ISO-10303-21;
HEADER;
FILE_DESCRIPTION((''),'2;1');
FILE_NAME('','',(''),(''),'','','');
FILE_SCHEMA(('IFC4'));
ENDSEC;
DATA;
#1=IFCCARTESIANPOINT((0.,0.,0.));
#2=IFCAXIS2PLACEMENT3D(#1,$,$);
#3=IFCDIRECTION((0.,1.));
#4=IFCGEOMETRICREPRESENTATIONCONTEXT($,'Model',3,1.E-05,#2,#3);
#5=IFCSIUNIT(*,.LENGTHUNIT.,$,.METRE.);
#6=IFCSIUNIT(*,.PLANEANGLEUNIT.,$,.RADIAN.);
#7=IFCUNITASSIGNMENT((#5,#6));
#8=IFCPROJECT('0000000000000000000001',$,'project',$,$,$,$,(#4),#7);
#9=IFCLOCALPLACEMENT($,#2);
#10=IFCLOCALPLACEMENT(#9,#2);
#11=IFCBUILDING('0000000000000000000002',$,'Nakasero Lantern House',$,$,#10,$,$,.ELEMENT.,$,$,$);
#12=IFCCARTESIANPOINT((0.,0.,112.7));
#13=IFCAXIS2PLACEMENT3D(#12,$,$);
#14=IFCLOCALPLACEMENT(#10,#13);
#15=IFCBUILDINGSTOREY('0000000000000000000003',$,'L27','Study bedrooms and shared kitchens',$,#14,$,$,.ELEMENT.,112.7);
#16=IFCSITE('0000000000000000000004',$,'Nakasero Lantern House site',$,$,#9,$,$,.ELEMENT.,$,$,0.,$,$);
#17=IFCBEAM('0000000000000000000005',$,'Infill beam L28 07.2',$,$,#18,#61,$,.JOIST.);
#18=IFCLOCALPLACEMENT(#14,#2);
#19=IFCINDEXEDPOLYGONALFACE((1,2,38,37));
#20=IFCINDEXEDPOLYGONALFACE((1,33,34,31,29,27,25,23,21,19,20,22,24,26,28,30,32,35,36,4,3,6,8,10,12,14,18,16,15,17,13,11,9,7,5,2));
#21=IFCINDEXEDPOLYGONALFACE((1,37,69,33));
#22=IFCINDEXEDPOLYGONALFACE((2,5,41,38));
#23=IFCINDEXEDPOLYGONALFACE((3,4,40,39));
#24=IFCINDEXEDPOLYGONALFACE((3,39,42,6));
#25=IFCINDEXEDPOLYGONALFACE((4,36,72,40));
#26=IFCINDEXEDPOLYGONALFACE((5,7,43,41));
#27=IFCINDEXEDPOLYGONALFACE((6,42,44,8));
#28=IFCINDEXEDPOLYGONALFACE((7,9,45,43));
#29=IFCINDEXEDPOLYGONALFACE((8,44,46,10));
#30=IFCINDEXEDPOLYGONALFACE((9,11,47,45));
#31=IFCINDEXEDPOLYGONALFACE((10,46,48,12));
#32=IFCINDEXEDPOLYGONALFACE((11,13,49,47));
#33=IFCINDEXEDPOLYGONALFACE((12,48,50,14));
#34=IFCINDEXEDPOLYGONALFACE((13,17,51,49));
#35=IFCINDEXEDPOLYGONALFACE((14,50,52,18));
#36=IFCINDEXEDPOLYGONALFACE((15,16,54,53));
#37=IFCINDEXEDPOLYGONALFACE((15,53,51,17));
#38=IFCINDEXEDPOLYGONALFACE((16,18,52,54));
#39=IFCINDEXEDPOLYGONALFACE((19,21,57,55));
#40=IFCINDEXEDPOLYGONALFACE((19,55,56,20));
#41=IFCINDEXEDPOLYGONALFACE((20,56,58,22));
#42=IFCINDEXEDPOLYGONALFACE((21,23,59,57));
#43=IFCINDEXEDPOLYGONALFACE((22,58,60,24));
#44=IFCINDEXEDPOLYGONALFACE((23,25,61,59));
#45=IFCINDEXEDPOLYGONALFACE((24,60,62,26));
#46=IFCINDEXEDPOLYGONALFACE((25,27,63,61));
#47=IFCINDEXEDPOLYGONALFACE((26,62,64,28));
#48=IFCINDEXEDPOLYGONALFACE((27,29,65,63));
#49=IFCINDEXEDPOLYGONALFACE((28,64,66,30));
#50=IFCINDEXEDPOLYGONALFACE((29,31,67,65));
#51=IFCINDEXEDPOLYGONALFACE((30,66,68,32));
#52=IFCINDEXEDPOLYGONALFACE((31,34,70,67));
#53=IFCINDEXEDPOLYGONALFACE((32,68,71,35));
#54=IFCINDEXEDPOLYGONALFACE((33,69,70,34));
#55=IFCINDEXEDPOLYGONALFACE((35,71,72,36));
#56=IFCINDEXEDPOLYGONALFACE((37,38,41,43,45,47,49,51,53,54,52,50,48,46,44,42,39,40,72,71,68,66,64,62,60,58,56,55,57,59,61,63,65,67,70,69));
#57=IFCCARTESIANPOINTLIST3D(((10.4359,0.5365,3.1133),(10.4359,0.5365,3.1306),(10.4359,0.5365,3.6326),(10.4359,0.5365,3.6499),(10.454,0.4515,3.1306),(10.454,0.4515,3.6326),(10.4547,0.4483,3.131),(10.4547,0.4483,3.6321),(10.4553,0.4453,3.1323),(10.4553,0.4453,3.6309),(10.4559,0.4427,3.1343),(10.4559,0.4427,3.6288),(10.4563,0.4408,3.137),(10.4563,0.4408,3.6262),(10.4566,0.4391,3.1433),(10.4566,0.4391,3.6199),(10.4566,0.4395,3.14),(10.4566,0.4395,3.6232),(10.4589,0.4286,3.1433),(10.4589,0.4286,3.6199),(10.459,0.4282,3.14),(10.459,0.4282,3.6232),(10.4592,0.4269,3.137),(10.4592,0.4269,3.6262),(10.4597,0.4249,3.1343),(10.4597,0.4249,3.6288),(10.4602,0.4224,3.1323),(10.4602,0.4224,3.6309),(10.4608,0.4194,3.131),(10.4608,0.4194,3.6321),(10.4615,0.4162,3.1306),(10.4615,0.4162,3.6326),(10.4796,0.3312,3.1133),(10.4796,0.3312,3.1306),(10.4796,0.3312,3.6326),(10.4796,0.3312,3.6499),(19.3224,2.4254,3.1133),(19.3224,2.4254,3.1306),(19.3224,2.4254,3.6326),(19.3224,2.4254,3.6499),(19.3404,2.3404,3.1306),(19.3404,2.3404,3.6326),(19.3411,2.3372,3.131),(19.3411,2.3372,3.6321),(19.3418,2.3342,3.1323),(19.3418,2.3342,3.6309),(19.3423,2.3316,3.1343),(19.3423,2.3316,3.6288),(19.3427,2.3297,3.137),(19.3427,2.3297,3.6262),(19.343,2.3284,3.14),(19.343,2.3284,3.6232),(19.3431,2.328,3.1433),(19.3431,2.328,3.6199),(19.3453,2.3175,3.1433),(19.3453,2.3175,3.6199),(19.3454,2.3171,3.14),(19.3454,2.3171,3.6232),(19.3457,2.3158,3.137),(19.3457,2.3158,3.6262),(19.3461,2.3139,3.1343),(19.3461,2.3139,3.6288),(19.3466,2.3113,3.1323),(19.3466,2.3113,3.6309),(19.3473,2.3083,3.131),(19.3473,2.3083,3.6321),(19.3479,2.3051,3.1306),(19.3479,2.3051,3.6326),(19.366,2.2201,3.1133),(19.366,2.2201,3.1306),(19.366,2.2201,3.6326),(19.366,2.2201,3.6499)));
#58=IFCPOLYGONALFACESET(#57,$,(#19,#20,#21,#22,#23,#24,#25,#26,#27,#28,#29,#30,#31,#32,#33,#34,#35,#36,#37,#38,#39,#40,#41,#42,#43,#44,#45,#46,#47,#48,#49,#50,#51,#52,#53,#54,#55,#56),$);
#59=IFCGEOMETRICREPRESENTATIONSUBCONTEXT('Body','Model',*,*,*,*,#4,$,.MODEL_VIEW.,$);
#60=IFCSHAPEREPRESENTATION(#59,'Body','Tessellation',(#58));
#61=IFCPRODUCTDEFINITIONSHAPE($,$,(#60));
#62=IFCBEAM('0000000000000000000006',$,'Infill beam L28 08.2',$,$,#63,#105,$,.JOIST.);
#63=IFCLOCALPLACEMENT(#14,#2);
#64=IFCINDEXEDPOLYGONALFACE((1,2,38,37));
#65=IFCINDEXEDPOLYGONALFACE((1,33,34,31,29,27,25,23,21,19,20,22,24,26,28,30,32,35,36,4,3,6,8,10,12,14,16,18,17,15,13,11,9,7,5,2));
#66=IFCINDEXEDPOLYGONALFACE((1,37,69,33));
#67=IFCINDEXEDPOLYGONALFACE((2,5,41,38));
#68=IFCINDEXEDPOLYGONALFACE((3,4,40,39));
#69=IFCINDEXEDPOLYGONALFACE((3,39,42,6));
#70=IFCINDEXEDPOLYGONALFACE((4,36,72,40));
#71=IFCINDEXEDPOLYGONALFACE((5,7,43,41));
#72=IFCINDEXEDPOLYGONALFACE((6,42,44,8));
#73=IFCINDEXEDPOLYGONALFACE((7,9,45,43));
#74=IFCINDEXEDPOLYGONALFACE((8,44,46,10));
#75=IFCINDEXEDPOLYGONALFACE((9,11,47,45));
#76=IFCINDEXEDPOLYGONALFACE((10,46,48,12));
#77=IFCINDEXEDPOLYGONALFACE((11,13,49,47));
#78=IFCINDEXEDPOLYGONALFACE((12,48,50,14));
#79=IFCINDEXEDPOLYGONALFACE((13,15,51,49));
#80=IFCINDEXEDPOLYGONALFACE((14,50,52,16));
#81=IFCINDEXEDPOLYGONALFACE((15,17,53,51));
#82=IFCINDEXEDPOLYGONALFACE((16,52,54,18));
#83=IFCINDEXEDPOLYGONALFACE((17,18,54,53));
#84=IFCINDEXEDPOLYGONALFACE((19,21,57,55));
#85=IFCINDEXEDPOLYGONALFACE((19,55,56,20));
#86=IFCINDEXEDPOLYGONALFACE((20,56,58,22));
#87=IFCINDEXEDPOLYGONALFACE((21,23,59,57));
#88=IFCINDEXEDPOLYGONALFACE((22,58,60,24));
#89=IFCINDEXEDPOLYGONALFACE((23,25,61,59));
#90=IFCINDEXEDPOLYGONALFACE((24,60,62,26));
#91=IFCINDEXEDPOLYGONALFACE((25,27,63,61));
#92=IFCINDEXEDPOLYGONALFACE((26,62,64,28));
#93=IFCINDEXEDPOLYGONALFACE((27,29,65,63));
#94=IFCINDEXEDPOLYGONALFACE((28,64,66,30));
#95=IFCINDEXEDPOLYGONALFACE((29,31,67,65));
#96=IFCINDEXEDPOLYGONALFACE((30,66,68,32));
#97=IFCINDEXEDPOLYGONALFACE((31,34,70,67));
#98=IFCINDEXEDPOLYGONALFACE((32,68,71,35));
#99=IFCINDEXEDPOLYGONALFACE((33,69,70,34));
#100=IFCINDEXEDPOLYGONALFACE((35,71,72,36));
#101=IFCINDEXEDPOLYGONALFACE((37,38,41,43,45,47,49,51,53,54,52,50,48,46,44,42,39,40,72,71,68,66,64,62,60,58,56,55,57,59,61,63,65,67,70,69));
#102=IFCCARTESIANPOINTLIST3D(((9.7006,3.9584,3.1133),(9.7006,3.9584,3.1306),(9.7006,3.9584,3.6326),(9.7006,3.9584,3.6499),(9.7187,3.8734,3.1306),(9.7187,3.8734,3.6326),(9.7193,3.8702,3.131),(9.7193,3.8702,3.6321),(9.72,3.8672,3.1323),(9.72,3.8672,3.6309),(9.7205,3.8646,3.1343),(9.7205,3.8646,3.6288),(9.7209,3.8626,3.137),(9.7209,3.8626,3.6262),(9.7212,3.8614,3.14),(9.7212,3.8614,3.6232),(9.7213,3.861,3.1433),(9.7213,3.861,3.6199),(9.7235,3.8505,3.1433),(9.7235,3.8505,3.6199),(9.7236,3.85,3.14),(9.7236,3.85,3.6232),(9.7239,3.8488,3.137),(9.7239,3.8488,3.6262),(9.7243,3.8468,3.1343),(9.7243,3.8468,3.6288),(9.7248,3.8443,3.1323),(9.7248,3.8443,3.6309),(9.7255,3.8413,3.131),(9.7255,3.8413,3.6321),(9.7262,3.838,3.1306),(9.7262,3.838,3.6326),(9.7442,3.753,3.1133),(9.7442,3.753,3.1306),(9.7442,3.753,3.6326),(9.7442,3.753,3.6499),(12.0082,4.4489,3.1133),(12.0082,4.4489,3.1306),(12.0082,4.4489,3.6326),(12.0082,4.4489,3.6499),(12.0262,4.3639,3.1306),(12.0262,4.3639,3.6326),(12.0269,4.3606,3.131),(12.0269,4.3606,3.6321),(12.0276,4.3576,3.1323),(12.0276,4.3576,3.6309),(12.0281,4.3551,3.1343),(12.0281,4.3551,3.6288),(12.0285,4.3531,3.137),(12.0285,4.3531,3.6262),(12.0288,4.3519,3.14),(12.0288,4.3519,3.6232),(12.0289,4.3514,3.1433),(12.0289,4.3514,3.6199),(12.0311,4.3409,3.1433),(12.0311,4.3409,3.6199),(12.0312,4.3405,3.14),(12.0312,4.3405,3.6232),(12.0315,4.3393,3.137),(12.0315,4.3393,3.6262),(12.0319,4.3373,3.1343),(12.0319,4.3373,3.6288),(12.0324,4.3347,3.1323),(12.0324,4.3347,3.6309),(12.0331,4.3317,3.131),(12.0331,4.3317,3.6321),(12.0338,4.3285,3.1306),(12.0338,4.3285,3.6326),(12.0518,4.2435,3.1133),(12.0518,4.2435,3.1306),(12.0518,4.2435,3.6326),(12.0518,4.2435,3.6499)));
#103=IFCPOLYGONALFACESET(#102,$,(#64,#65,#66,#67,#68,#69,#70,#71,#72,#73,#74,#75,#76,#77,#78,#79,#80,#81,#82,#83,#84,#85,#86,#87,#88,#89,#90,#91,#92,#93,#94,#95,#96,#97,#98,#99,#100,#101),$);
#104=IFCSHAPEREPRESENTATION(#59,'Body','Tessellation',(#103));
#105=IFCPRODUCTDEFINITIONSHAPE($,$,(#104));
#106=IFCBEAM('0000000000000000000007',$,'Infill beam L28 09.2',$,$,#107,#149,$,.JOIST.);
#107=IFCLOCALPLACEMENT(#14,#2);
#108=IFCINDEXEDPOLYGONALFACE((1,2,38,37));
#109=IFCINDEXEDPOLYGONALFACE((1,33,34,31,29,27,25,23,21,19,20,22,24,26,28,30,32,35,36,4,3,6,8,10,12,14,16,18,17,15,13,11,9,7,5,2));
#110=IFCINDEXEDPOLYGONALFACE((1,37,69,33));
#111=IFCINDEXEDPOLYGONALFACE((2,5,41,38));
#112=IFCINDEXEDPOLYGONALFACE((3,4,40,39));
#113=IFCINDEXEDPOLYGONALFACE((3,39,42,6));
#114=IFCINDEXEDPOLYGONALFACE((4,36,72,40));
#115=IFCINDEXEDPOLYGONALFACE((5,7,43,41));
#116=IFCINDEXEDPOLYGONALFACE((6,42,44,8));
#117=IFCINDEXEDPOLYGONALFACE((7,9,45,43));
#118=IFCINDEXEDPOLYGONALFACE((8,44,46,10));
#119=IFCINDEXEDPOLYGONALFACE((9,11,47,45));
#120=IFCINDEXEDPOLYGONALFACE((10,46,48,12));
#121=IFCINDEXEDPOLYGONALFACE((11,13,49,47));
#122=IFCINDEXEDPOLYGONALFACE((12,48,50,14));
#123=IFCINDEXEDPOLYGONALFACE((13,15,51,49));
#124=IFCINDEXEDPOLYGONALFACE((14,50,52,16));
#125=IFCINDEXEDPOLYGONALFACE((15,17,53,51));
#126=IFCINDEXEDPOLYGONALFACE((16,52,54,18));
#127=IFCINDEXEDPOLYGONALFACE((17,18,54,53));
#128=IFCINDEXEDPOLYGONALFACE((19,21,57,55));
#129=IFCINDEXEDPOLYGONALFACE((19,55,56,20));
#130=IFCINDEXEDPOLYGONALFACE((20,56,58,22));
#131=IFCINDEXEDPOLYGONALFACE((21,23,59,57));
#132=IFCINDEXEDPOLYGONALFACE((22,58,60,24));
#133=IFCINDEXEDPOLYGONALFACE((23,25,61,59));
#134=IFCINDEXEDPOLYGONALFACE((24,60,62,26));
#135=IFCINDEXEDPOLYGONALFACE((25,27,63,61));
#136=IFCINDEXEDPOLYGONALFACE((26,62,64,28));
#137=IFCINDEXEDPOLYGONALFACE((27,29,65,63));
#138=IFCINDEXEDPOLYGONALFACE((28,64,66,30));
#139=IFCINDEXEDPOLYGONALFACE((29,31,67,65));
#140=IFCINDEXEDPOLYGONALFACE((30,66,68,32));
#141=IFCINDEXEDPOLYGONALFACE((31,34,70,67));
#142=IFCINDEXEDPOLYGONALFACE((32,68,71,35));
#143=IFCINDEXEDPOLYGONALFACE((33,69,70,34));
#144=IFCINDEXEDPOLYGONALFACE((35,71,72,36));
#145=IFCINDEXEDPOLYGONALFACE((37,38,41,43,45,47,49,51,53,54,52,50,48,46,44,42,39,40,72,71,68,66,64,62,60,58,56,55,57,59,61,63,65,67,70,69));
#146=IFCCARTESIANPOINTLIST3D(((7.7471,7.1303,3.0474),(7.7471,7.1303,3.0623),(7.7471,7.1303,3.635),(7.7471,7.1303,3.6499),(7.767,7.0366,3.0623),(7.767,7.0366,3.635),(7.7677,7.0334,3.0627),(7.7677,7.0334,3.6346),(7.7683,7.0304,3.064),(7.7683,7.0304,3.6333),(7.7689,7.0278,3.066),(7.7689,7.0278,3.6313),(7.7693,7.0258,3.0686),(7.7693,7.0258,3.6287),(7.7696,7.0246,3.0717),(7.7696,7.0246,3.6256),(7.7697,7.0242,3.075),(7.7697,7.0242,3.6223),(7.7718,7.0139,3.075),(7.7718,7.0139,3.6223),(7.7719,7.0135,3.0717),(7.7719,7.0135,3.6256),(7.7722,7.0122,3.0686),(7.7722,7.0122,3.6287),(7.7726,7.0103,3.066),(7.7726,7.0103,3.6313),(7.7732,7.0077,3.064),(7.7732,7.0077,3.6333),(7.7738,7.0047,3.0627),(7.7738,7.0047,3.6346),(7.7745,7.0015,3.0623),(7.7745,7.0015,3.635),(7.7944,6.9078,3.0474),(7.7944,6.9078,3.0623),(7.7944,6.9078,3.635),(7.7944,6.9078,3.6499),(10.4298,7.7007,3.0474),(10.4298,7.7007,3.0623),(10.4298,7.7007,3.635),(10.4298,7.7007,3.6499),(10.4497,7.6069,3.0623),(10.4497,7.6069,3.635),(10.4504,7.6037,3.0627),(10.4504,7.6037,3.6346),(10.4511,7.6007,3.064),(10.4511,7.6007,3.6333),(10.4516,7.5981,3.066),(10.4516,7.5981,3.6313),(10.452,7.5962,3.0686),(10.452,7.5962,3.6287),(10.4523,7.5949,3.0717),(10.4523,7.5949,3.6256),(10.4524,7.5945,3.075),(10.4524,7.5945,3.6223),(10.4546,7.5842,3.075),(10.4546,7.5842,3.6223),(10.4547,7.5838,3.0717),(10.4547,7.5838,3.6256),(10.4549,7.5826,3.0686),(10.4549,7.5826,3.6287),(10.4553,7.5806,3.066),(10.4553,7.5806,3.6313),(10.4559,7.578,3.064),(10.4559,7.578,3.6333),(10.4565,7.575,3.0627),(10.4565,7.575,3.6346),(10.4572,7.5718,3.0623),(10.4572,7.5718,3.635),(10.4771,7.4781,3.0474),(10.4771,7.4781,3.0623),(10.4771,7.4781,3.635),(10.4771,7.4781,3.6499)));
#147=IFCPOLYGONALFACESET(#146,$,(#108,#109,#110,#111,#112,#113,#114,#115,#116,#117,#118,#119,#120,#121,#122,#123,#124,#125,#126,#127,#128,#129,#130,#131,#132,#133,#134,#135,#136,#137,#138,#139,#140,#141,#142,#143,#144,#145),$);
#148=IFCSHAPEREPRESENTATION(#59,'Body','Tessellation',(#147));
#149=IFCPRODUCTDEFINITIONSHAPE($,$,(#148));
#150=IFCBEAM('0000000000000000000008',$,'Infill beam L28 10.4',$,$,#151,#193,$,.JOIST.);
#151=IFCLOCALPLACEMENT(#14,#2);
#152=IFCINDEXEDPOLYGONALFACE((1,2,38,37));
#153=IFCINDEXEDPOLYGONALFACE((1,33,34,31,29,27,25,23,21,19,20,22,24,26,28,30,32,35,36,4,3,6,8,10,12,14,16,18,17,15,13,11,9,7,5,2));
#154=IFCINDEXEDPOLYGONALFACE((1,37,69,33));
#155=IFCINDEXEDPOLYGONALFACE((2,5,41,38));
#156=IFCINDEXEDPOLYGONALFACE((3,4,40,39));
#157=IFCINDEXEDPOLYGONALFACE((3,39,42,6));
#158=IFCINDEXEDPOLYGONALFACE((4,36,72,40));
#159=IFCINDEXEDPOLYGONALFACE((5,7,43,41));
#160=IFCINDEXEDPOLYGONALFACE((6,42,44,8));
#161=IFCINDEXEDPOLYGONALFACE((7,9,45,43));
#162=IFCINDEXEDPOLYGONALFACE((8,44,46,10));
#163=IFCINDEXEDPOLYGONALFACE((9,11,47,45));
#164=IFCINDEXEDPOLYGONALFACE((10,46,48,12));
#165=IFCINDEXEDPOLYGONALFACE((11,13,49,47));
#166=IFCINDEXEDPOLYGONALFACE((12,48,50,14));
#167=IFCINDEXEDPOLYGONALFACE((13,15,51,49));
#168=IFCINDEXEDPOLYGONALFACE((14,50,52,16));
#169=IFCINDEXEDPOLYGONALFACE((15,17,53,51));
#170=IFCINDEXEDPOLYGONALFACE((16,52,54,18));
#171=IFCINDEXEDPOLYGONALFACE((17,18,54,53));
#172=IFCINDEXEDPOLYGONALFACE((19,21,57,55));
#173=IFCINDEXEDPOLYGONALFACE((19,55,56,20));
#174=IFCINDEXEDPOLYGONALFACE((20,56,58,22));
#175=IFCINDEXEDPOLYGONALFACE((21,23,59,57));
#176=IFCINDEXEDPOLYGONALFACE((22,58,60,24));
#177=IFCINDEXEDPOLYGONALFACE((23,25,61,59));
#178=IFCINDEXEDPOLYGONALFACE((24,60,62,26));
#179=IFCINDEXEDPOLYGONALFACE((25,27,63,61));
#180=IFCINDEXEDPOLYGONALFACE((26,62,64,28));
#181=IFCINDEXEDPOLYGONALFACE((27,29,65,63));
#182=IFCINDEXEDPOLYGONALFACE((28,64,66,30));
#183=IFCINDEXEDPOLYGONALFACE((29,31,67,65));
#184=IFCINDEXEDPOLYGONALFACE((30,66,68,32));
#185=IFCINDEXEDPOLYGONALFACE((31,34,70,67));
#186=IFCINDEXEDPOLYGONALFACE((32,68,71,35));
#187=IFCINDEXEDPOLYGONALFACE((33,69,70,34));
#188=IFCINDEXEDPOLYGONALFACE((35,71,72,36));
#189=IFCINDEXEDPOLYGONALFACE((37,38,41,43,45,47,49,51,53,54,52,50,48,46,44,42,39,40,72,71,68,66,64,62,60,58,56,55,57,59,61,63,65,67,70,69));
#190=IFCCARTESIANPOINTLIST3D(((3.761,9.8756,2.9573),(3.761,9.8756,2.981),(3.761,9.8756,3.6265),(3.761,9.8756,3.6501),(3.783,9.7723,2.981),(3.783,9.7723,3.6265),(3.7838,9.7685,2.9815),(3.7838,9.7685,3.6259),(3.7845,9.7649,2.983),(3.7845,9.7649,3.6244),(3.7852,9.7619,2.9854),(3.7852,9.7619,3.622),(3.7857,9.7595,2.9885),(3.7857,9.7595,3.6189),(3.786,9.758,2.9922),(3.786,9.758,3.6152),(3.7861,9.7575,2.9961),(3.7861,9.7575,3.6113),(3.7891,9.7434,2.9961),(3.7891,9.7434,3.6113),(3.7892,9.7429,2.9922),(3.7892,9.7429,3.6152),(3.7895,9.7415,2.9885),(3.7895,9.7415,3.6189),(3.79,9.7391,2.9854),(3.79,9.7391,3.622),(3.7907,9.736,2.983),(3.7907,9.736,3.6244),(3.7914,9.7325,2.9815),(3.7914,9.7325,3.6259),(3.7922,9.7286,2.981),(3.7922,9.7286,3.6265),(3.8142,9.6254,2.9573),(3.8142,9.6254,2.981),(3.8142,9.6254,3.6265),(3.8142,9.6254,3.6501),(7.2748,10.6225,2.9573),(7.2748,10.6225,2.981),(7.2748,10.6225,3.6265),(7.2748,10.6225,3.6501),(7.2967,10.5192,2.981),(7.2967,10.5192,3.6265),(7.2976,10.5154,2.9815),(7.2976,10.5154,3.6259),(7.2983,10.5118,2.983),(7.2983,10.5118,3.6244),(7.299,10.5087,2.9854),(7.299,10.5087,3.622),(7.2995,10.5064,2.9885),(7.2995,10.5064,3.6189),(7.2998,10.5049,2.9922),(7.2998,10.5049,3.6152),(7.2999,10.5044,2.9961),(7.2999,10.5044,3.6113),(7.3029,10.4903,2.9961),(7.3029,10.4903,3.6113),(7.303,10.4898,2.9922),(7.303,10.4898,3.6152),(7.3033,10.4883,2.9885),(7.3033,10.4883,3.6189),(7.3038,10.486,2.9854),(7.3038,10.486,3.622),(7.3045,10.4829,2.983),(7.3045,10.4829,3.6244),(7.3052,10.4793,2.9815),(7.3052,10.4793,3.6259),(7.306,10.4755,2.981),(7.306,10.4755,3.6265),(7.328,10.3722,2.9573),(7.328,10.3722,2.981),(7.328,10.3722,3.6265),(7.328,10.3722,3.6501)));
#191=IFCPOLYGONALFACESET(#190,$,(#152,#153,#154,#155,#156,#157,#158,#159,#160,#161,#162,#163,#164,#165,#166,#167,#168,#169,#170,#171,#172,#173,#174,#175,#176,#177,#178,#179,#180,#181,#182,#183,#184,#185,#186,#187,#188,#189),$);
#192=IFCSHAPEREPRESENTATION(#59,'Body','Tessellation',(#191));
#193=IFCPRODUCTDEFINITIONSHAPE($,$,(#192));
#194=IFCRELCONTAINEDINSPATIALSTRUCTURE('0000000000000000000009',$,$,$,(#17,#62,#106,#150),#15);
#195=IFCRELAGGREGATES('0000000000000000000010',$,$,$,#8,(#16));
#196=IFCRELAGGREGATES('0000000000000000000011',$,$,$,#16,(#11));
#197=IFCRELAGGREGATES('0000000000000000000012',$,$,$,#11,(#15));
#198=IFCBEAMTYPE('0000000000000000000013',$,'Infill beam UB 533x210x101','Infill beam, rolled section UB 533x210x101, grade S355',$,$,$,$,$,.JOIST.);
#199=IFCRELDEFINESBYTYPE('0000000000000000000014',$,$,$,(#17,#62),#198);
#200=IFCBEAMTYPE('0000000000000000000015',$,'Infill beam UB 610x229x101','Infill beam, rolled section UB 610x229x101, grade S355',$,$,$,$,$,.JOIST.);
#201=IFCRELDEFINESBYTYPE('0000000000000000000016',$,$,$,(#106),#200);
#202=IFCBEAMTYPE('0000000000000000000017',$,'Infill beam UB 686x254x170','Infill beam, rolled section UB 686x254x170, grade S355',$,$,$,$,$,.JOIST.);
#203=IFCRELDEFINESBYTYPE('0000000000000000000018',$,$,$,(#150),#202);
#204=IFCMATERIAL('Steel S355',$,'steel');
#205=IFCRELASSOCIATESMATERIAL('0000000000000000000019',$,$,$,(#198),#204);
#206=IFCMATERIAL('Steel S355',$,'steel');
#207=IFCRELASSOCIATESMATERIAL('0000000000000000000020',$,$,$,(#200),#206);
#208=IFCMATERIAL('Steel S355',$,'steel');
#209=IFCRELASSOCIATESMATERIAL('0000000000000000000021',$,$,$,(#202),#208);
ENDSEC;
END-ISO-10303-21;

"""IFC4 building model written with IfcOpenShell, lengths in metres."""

from ifc_helpers import new_model, si_unit, direction, frame, origin, origin_2d, place, context, subcontext, project, spatial, i_section, extrude, material, material_profile, profile_set, type_object, element, save


model = new_model("IFC4")

# Units and contexts
model_context = context("Model", 3, precision=1e-05, world=origin(), true_north=direction((0.0, 1.0)))
body_context = subcontext(model_context, "Body", "Model", "MODEL_VIEW")
ifc_project = project(units=[si_unit("LENGTHUNIT", "METRE"), si_unit("PLANEANGLEUNIT", "RADIAN")], contexts=[model_context])

# Site, building, storey
site_placement = place(None, origin())
site = spatial("IfcSite", under=ifc_project, at=site_placement, Name="Nakasero Lantern House site", CompositionType="ELEMENT", RefElevation=0.0)
building_placement = place(site_placement, origin())
building = spatial("IfcBuilding", under=site, at=building_placement, Name="Nakasero Lantern House", CompositionType="ELEMENT")
storey_placement = place(building_placement, frame((0.0, 0.0, 112.7)))
storey = spatial("IfcBuildingStorey", under=building, at=storey_placement, Name="L27", Description="Study bedrooms and shared kitchens", CompositionType="ELEMENT", Elevation=112.7)

# Beams
ifc_material_1 = material(Name="Steel S355", Category="steel")
ifc_material_profile_1 = material_profile(ifc_material_1, i_section(OverallWidth=0.21, OverallDepth=0.5366, WebThickness=0.0107, FlangeThickness=0.0173, FilletRadius=0.0127, at=origin_2d()), Name="UB 533x210x101")
ifc_profile_set_1 = profile_set([ifc_material_profile_1], Name="Steel S355")
beam_type_1 = type_object("IfcBeamType", Name="Infill beam UB 533x210x101", Description="Infill beam, rolled section UB 533x210x101, grade S355", PredefinedType="JOIST", material=ifc_profile_set_1)
beam_1_placement = place(storey_placement, frame((10.4578, 0.4338, 3.3816), z_axis=(0.978147, 0.207916, 0.0), x_axis=(-0.207916, 0.978147, 0.0)))
element("IfcBeam", 1, at=beam_1_placement, inside=storey, type_object=beam_type_1, Name="Infill beam L28 07.2", PredefinedType="JOIST", context=body_context, shape_type="SweptSolid", body=[
    extrude(i_section(OverallWidth=0.21, OverallDepth=0.5366, WebThickness=0.0107, FlangeThickness=0.0173, FilletRadius=0.0127, at=origin_2d()), origin(), (0.0, 0.0, 1.0), 9.085),
])
beam_2_placement = place(storey_placement, frame((9.7224, 3.8557, 3.3816), z_axis=(0.978149, 0.207903, 0.0), x_axis=(-0.207903, 0.978149, 0.0)))
element("IfcBeam", 2, at=beam_2_placement, inside=storey, type_object=beam_type_1, Name="Infill beam L28 08.2", PredefinedType="JOIST", context=body_context, shape_type="SweptSolid", body=[
    extrude(i_section(OverallWidth=0.21, OverallDepth=0.5366, WebThickness=0.0107, FlangeThickness=0.0173, FilletRadius=0.0127, at=origin_2d()), origin(), (0.0, 0.0, 1.0), 2.3591),
])
ifc_material_2 = material(Name="Steel S355", Category="steel")
ifc_material_profile_2 = material_profile(ifc_material_2, i_section(OverallWidth=0.2275, OverallDepth=0.6025, WebThickness=0.0105, FlangeThickness=0.0149, FilletRadius=0.0127, at=origin_2d()), Name="UB 610x229x101")
ifc_profile_set_2 = profile_set([ifc_material_profile_2], Name="Steel S355")
beam_type_2 = type_object("IfcBeamType", Name="Infill beam UB 610x229x101", Description="Infill beam, rolled section UB 610x229x101, grade S355", PredefinedType="JOIST", material=ifc_profile_set_2)
beam_3_placement = place(storey_placement, frame((7.7708, 7.019, 3.3486), z_axis=(0.97814, 0.207948, 0.0), x_axis=(-0.207948, 0.97814, 0.0)))
element("IfcBeam", 3, at=beam_3_placement, inside=storey, type_object=beam_type_2, Name="Infill beam L28 09.2", PredefinedType="JOIST", context=body_context, shape_type="SweptSolid", body=[
    extrude(i_section(OverallWidth=0.2275, OverallDepth=0.6025, WebThickness=0.0105, FlangeThickness=0.0149, FilletRadius=0.0127, at=origin_2d()), origin(), (0.0, 0.0, 1.0), 2.7427),
])
ifc_material_3 = material(Name="Steel S355", Category="steel")
ifc_material_profile_3 = material_profile(ifc_material_3, i_section(OverallWidth=0.2559, OverallDepth=0.6929, WebThickness=0.0144, FlangeThickness=0.0237, FilletRadius=0.0151, at=origin_2d()), Name="UB 686x254x170")
ifc_profile_set_3 = profile_set([ifc_material_profile_3], Name="Steel S355")
beam_type_3 = type_object("IfcBeamType", Name="Infill beam UB 686x254x170", Description="Infill beam, rolled section UB 686x254x170, grade S355", PredefinedType="JOIST", material=ifc_profile_set_3)
beam_4_placement = place(storey_placement, frame((3.7876, 9.7505, 3.3037), z_axis=(0.978149, 0.207904, 0.0), x_axis=(-0.207904, 0.978149, 0.0)))
element("IfcBeam", 4, at=beam_4_placement, inside=storey, type_object=beam_type_3, Name="Infill beam L28 10.4", PredefinedType="JOIST", context=body_context, shape_type="SweptSolid", body=[
    extrude(i_section(OverallWidth=0.2559, OverallDepth=0.6929, WebThickness=0.0144, FlangeThickness=0.0237, FilletRadius=0.0151, at=origin_2d()), origin(), (0.0, 0.0, 1.0), 3.5923),
])

save(model, "model.ifc")
